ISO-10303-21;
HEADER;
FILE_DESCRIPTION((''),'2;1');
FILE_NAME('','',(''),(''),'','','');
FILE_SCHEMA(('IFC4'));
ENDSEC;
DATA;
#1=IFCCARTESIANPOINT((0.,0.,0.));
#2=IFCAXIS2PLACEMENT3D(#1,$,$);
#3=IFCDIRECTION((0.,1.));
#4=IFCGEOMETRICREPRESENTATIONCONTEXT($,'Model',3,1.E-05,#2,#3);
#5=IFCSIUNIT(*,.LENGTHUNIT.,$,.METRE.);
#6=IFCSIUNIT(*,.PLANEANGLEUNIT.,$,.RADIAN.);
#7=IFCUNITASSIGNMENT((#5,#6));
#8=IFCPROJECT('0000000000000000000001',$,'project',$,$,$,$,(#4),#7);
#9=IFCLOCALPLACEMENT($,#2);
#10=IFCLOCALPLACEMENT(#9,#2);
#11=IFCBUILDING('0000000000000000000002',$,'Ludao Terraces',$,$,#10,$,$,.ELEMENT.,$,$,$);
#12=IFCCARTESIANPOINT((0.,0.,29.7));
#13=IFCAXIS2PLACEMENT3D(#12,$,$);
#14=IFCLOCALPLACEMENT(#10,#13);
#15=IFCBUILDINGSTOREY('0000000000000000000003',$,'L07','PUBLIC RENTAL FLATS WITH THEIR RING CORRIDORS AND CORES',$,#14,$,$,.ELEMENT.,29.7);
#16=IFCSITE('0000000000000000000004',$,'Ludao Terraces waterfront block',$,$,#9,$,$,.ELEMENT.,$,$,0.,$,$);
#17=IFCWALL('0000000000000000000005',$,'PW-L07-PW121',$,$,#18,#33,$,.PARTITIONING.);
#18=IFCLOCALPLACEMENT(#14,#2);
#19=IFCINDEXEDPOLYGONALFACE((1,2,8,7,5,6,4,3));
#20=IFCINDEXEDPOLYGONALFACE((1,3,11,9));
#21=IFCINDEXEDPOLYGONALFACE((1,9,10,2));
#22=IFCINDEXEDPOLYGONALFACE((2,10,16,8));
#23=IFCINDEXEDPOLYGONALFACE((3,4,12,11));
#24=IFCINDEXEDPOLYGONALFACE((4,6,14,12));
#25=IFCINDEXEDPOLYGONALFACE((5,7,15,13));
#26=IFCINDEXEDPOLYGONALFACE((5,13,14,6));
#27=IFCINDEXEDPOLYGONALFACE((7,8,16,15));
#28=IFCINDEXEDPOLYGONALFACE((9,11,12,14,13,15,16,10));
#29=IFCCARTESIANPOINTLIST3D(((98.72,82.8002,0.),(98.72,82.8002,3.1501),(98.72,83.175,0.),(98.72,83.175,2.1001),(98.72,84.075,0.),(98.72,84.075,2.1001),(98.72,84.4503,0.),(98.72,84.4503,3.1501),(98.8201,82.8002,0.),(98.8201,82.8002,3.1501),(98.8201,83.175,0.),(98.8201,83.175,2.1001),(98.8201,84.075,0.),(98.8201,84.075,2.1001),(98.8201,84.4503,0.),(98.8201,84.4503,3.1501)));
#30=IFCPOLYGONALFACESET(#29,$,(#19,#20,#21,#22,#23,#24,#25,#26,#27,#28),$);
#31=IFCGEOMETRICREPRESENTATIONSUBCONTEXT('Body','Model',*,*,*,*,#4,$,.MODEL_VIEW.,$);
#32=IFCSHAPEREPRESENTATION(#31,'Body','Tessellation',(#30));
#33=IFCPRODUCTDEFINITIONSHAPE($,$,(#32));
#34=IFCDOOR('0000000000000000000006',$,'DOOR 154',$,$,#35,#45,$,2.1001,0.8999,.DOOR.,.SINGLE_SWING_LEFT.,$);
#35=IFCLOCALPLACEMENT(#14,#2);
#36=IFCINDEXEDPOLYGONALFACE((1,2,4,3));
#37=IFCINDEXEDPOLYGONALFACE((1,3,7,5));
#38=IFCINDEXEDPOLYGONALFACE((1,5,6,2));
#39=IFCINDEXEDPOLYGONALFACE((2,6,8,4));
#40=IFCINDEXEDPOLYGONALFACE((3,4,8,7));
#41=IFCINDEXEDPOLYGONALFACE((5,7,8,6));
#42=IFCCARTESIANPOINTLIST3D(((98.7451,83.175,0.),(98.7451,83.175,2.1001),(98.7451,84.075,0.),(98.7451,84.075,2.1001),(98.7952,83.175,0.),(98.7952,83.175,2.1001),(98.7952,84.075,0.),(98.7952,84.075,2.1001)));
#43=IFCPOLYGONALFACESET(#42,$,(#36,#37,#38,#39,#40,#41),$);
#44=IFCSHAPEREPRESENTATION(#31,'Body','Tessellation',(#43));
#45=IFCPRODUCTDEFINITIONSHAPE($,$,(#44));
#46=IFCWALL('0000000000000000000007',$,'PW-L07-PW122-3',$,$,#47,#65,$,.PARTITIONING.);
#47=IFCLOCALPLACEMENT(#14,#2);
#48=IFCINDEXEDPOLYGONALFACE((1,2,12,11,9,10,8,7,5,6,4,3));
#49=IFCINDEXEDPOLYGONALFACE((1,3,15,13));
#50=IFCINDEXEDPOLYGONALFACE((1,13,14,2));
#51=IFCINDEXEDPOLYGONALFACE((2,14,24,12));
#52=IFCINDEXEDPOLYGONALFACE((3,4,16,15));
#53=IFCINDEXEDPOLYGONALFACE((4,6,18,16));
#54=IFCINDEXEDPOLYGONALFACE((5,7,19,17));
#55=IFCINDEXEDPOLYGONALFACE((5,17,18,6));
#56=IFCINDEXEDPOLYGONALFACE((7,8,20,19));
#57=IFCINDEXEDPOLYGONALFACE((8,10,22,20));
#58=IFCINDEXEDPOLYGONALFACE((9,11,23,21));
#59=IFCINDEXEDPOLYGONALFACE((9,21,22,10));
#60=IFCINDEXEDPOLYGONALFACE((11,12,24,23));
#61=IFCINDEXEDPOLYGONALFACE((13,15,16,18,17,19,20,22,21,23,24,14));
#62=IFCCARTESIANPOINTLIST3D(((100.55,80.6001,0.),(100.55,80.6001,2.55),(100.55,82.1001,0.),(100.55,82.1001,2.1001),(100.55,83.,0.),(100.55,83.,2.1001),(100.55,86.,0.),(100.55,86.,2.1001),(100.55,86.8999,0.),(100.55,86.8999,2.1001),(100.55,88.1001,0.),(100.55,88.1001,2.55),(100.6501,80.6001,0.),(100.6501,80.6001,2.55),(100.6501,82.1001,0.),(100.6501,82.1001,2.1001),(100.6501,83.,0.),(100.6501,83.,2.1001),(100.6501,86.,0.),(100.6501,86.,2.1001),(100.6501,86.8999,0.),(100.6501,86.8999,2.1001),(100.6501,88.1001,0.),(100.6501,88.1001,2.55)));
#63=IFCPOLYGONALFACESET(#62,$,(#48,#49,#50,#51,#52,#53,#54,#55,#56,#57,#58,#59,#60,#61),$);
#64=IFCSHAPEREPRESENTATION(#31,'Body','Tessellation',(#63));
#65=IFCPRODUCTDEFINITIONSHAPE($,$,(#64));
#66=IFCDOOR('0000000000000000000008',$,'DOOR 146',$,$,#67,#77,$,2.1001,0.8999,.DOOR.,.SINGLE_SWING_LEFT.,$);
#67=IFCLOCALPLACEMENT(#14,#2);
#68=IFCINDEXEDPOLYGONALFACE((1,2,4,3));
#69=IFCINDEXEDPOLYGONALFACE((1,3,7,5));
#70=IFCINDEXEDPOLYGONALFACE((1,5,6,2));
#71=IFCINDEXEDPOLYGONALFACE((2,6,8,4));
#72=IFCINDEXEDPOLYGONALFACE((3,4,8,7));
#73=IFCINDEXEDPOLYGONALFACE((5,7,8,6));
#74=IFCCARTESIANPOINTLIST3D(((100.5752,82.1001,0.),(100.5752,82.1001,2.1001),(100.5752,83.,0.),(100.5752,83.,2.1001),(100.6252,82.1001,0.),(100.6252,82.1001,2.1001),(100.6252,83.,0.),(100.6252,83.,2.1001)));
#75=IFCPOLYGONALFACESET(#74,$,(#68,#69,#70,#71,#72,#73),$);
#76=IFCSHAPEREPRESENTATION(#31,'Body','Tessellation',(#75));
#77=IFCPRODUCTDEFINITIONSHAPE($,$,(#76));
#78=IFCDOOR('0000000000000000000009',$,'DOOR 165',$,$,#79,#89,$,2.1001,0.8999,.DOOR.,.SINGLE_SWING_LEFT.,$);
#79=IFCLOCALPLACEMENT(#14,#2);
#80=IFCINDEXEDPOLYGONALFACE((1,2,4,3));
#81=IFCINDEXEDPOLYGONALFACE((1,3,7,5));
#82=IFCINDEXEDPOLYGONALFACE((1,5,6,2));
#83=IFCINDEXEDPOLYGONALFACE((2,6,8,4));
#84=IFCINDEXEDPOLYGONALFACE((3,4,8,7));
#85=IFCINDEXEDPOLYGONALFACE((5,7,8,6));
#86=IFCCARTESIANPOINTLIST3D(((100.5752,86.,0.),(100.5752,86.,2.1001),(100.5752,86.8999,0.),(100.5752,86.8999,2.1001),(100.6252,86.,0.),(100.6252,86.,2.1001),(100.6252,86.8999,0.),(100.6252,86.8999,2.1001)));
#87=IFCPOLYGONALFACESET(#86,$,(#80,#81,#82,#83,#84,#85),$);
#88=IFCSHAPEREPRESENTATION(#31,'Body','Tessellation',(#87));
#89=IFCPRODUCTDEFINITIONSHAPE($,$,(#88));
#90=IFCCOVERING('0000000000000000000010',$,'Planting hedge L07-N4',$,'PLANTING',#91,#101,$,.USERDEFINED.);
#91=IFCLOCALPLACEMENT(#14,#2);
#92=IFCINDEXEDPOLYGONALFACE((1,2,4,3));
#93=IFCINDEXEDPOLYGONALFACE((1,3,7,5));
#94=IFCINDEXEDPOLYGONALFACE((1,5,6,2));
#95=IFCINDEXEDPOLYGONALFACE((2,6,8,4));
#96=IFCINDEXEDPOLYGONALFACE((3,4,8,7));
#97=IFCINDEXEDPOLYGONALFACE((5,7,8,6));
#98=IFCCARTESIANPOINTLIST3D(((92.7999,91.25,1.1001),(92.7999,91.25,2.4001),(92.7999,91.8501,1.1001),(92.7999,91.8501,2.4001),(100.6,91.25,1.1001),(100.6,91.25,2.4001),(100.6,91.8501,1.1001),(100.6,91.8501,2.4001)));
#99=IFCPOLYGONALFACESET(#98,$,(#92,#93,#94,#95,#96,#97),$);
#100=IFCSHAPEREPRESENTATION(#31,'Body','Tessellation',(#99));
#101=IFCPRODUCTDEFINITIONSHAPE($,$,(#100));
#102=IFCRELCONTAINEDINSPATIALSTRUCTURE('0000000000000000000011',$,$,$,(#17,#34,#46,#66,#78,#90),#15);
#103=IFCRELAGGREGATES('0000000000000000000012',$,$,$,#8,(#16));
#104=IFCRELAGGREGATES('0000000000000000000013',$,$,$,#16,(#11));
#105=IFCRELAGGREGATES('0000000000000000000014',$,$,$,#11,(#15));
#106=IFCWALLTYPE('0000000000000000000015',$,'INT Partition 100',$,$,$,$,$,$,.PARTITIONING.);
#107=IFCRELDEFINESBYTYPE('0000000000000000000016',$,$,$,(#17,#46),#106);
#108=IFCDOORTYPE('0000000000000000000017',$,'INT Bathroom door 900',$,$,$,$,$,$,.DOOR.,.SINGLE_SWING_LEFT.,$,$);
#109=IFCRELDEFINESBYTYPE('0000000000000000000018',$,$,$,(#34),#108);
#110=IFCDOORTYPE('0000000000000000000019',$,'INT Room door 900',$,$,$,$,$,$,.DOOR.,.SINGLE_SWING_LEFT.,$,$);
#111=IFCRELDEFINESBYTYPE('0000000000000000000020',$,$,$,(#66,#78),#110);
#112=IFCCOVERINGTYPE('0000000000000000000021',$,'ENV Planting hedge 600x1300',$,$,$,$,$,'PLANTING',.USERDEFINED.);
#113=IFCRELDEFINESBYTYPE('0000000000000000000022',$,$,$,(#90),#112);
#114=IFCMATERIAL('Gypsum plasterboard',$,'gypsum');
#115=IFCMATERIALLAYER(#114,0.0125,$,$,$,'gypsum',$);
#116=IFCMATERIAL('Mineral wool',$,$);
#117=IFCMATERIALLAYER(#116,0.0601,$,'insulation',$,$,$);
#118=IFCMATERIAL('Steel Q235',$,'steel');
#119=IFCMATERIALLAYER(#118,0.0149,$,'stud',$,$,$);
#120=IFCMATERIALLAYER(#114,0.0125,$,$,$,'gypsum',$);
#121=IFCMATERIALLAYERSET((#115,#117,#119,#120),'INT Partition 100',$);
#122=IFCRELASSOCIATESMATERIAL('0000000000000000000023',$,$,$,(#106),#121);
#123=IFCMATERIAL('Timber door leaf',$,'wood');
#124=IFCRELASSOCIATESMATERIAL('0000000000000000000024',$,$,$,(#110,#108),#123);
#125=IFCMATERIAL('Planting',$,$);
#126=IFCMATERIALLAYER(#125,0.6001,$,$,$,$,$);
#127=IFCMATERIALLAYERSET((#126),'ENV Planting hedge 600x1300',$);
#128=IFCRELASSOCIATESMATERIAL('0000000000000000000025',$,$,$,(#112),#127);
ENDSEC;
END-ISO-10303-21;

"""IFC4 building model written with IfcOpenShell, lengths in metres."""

from ifc_helpers import new_model, si_unit, direction, frame, frame_2d, origin, origin_2d, place, context, subcontext, project, spatial, rectangle, extrude, material, layer, layer_set, type_object, element, fill, save


model = new_model("IFC4")

# Units and contexts
model_context = context("Model", 3, precision=1e-05, world=origin(), true_north=direction((0.0, 1.0)))
body_context = subcontext(model_context, "Body", "Model", "MODEL_VIEW")
ifc_project = project(units=[si_unit("LENGTHUNIT", "METRE"), si_unit("PLANEANGLEUNIT", "RADIAN")], contexts=[model_context])

# Site, building, storey
site_placement = place(None, origin())
site = spatial("IfcSite", under=ifc_project, at=site_placement, Name="Ludao Terraces waterfront block", CompositionType="ELEMENT", RefElevation=0.0)
building_placement = place(site_placement, origin())
building = spatial("IfcBuilding", under=site, at=building_placement, Name="Ludao Terraces", CompositionType="ELEMENT")
storey_placement = place(building_placement, frame((0.0, 0.0, 29.7)))
storey = spatial("IfcBuildingStorey", under=building, at=storey_placement, Name="L07", Description="PUBLIC RENTAL FLATS WITH THEIR RING CORRIDORS AND CORES", CompositionType="ELEMENT", Elevation=29.7)

# Shared definitions
ifc_material_1 = material(Name="Gypsum plasterboard", Category="gypsum")
ifc_layer_1 = layer(ifc_material_1, 0.0125, Category="gypsum")
ifc_material_2 = material(Name="Mineral wool")
ifc_layer_2 = layer(ifc_material_2, 0.0601, Name="insulation")
ifc_material_3 = material(Name="Steel Q235", Category="steel")
ifc_layer_3 = layer(ifc_material_3, 0.0149, Name="stud")
ifc_layer_4 = layer(ifc_material_1, 0.0125, Category="gypsum")
ifc_layer_set_1 = layer_set([ifc_layer_1, ifc_layer_2, ifc_layer_3, ifc_layer_4], Name="INT Partition 100")
wall_type_1 = type_object("IfcWallType", Name="INT Partition 100", PredefinedType="PARTITIONING", material=ifc_layer_set_1)

# Wall, opening, door
ifc_material_4 = material(Name="Timber door leaf", Category="wood")
door_type_1 = type_object("IfcDoorType", Name="INT Room door 900", OperationType="SINGLE_SWING_LEFT", PredefinedType="DOOR", material=ifc_material_4)
wall_1_placement = place(storey_placement, frame((98.77, 82.8, 0.0), z_axis=(0.0, 0.0, 1.0), x_axis=(0.0, 1.0, 0.0)))
wall_1 = element("IfcWall", 1, at=wall_1_placement, inside=storey, type_object=wall_type_1, Name="PW-L07-PW121", PredefinedType="PARTITIONING", context=body_context, shape_type="SweptSolid", body=[
    extrude(rectangle(XDim=1.6501, YDim=0.1001, at=frame_2d((0.8252, 0.0))), origin(), (0.0, 0.0, 1.0), 3.1501),
])
opening_1_placement = place(wall_1_placement, frame((0.375, 0.0, 0.0)))
opening_1 = element("IfcOpeningElement", 2, at=opening_1_placement, cuts=wall_1, PredefinedType="OPENING", context=body_context, shape_type="SweptSolid", body=[
    extrude(rectangle(XDim=0.8999, YDim=2.1001, at=frame_2d((0.45, 1.05))), frame((0.0, 0.0601, 0.0), z_axis=(0.0, -1.0, 0.0), x_axis=(1.0, 0.0, 0.0)), (0.0, 0.0, 1.0), 0.1201),
])
door_type_2 = type_object("IfcDoorType", Name="INT Bathroom door 900", OperationType="SINGLE_SWING_LEFT", PredefinedType="DOOR", material=ifc_material_4)
door_1_placement = place(opening_1_placement, origin())
door_1 = element("IfcDoor", 3, at=door_1_placement, inside=storey, type_object=door_type_2, Name="DOOR 154", OperationType="SINGLE_SWING_LEFT", OverallHeight=2.1001, OverallWidth=0.8999, PredefinedType="DOOR", context=body_context, shape_type="SweptSolid", body=[
    extrude(rectangle(XDim=0.8999, YDim=2.1001, at=frame_2d((0.45, 1.05))), frame((0.0, 0.0249, 0.0), z_axis=(0.0, -1.0, 0.0), x_axis=(1.0, 0.0, 0.0)), (0.0, 0.0, 1.0), 0.05),
])
fill(opening_1, door_1)

# Wall, openings, doors
wall_2_placement = place(storey_placement, frame((100.6001, 80.6001, 0.0), z_axis=(0.0, 0.0, 1.0), x_axis=(0.0, 1.0, 0.0)))
wall_2 = element("IfcWall", 4, at=wall_2_placement, inside=storey, type_object=wall_type_1, Name="PW-L07-PW122-3", PredefinedType="PARTITIONING", context=body_context, shape_type="SweptSolid", body=[
    extrude(rectangle(XDim=7.5, YDim=0.1001, at=frame_2d((3.75, 0.0))), origin(), (0.0, 0.0, 1.0), 2.55),
])
opening_2_placement = place(wall_2_placement, frame((1.5, 0.0, 0.0)))
opening_2 = element("IfcOpeningElement", 5, at=opening_2_placement, cuts=wall_2, PredefinedType="OPENING", context=body_context, shape_type="SweptSolid", body=[
    extrude(rectangle(XDim=0.8999, YDim=2.1001, at=frame_2d((0.45, 1.05))), frame((0.0, 0.0601, 0.0), z_axis=(0.0, -1.0, 0.0), x_axis=(1.0, 0.0, 0.0)), (0.0, 0.0, 1.0), 0.1201),
])
opening_3_placement = place(wall_2_placement, frame((5.3999, 0.0, 0.0)))
opening_3 = element("IfcOpeningElement", 6, at=opening_3_placement, cuts=wall_2, PredefinedType="OPENING", context=body_context, shape_type="SweptSolid", body=[
    extrude(rectangle(XDim=0.8999, YDim=2.1001, at=frame_2d((0.45, 1.05))), frame((0.0, 0.0601, 0.0), z_axis=(0.0, -1.0, 0.0), x_axis=(1.0, 0.0, 0.0)), (0.0, 0.0, 1.0), 0.1201),
])
door_2_placement = place(opening_2_placement, origin())
door_2 = element("IfcDoor", 7, at=door_2_placement, inside=storey, type_object=door_type_1, Name="DOOR 146", OperationType="SINGLE_SWING_LEFT", OverallHeight=2.1001, OverallWidth=0.8999, PredefinedType="DOOR", context=body_context, shape_type="SweptSolid", body=[
    extrude(rectangle(XDim=0.8999, YDim=2.1001, at=frame_2d((0.45, 1.05))), frame((0.0, 0.0249, 0.0), z_axis=(0.0, -1.0, 0.0), x_axis=(1.0, 0.0, 0.0)), (0.0, 0.0, 1.0), 0.05),
])
fill(opening_2, door_2)
door_3_placement = place(opening_3_placement, origin())
door_3 = element("IfcDoor", 8, at=door_3_placement, inside=storey, type_object=door_type_1, Name="DOOR 165", OperationType="SINGLE_SWING_LEFT", OverallHeight=2.1001, OverallWidth=0.8999, PredefinedType="DOOR", context=body_context, shape_type="SweptSolid", body=[
    extrude(rectangle(XDim=0.8999, YDim=2.1001, at=frame_2d((0.45, 1.05))), frame((0.0, 0.0249, 0.0), z_axis=(0.0, -1.0, 0.0), x_axis=(1.0, 0.0, 0.0)), (0.0, 0.0, 1.0), 0.05),
])
fill(opening_3, door_3)

# Covering
ifc_material_5 = material(Name="Planting")
ifc_layer_5 = layer(ifc_material_5, 0.6001)
ifc_layer_set_2 = layer_set([ifc_layer_5], Name="ENV Planting hedge 600x1300")
covering_type = type_object("IfcCoveringType", Name="ENV Planting hedge 600x1300", ElementType="PLANTING", PredefinedType="USERDEFINED", material=ifc_layer_set_2)
covering_placement = place(storey_placement, frame((96.7, 91.55, 1.1001), z_axis=(0.0, 0.0, 1.0), x_axis=(1.0, 0.0, 0.0)))
element("IfcCovering", 9, at=covering_placement, inside=storey, type_object=covering_type, Name="Planting hedge L07-N4", ObjectType="PLANTING", PredefinedType="USERDEFINED", context=body_context, shape_type="SweptSolid", body=[
    extrude(rectangle(XDim=7.8, YDim=0.6001, at=origin_2d()), origin(), (0.0, 0.0, 1.0), 1.3),
])

save(model, "model.ifc")
